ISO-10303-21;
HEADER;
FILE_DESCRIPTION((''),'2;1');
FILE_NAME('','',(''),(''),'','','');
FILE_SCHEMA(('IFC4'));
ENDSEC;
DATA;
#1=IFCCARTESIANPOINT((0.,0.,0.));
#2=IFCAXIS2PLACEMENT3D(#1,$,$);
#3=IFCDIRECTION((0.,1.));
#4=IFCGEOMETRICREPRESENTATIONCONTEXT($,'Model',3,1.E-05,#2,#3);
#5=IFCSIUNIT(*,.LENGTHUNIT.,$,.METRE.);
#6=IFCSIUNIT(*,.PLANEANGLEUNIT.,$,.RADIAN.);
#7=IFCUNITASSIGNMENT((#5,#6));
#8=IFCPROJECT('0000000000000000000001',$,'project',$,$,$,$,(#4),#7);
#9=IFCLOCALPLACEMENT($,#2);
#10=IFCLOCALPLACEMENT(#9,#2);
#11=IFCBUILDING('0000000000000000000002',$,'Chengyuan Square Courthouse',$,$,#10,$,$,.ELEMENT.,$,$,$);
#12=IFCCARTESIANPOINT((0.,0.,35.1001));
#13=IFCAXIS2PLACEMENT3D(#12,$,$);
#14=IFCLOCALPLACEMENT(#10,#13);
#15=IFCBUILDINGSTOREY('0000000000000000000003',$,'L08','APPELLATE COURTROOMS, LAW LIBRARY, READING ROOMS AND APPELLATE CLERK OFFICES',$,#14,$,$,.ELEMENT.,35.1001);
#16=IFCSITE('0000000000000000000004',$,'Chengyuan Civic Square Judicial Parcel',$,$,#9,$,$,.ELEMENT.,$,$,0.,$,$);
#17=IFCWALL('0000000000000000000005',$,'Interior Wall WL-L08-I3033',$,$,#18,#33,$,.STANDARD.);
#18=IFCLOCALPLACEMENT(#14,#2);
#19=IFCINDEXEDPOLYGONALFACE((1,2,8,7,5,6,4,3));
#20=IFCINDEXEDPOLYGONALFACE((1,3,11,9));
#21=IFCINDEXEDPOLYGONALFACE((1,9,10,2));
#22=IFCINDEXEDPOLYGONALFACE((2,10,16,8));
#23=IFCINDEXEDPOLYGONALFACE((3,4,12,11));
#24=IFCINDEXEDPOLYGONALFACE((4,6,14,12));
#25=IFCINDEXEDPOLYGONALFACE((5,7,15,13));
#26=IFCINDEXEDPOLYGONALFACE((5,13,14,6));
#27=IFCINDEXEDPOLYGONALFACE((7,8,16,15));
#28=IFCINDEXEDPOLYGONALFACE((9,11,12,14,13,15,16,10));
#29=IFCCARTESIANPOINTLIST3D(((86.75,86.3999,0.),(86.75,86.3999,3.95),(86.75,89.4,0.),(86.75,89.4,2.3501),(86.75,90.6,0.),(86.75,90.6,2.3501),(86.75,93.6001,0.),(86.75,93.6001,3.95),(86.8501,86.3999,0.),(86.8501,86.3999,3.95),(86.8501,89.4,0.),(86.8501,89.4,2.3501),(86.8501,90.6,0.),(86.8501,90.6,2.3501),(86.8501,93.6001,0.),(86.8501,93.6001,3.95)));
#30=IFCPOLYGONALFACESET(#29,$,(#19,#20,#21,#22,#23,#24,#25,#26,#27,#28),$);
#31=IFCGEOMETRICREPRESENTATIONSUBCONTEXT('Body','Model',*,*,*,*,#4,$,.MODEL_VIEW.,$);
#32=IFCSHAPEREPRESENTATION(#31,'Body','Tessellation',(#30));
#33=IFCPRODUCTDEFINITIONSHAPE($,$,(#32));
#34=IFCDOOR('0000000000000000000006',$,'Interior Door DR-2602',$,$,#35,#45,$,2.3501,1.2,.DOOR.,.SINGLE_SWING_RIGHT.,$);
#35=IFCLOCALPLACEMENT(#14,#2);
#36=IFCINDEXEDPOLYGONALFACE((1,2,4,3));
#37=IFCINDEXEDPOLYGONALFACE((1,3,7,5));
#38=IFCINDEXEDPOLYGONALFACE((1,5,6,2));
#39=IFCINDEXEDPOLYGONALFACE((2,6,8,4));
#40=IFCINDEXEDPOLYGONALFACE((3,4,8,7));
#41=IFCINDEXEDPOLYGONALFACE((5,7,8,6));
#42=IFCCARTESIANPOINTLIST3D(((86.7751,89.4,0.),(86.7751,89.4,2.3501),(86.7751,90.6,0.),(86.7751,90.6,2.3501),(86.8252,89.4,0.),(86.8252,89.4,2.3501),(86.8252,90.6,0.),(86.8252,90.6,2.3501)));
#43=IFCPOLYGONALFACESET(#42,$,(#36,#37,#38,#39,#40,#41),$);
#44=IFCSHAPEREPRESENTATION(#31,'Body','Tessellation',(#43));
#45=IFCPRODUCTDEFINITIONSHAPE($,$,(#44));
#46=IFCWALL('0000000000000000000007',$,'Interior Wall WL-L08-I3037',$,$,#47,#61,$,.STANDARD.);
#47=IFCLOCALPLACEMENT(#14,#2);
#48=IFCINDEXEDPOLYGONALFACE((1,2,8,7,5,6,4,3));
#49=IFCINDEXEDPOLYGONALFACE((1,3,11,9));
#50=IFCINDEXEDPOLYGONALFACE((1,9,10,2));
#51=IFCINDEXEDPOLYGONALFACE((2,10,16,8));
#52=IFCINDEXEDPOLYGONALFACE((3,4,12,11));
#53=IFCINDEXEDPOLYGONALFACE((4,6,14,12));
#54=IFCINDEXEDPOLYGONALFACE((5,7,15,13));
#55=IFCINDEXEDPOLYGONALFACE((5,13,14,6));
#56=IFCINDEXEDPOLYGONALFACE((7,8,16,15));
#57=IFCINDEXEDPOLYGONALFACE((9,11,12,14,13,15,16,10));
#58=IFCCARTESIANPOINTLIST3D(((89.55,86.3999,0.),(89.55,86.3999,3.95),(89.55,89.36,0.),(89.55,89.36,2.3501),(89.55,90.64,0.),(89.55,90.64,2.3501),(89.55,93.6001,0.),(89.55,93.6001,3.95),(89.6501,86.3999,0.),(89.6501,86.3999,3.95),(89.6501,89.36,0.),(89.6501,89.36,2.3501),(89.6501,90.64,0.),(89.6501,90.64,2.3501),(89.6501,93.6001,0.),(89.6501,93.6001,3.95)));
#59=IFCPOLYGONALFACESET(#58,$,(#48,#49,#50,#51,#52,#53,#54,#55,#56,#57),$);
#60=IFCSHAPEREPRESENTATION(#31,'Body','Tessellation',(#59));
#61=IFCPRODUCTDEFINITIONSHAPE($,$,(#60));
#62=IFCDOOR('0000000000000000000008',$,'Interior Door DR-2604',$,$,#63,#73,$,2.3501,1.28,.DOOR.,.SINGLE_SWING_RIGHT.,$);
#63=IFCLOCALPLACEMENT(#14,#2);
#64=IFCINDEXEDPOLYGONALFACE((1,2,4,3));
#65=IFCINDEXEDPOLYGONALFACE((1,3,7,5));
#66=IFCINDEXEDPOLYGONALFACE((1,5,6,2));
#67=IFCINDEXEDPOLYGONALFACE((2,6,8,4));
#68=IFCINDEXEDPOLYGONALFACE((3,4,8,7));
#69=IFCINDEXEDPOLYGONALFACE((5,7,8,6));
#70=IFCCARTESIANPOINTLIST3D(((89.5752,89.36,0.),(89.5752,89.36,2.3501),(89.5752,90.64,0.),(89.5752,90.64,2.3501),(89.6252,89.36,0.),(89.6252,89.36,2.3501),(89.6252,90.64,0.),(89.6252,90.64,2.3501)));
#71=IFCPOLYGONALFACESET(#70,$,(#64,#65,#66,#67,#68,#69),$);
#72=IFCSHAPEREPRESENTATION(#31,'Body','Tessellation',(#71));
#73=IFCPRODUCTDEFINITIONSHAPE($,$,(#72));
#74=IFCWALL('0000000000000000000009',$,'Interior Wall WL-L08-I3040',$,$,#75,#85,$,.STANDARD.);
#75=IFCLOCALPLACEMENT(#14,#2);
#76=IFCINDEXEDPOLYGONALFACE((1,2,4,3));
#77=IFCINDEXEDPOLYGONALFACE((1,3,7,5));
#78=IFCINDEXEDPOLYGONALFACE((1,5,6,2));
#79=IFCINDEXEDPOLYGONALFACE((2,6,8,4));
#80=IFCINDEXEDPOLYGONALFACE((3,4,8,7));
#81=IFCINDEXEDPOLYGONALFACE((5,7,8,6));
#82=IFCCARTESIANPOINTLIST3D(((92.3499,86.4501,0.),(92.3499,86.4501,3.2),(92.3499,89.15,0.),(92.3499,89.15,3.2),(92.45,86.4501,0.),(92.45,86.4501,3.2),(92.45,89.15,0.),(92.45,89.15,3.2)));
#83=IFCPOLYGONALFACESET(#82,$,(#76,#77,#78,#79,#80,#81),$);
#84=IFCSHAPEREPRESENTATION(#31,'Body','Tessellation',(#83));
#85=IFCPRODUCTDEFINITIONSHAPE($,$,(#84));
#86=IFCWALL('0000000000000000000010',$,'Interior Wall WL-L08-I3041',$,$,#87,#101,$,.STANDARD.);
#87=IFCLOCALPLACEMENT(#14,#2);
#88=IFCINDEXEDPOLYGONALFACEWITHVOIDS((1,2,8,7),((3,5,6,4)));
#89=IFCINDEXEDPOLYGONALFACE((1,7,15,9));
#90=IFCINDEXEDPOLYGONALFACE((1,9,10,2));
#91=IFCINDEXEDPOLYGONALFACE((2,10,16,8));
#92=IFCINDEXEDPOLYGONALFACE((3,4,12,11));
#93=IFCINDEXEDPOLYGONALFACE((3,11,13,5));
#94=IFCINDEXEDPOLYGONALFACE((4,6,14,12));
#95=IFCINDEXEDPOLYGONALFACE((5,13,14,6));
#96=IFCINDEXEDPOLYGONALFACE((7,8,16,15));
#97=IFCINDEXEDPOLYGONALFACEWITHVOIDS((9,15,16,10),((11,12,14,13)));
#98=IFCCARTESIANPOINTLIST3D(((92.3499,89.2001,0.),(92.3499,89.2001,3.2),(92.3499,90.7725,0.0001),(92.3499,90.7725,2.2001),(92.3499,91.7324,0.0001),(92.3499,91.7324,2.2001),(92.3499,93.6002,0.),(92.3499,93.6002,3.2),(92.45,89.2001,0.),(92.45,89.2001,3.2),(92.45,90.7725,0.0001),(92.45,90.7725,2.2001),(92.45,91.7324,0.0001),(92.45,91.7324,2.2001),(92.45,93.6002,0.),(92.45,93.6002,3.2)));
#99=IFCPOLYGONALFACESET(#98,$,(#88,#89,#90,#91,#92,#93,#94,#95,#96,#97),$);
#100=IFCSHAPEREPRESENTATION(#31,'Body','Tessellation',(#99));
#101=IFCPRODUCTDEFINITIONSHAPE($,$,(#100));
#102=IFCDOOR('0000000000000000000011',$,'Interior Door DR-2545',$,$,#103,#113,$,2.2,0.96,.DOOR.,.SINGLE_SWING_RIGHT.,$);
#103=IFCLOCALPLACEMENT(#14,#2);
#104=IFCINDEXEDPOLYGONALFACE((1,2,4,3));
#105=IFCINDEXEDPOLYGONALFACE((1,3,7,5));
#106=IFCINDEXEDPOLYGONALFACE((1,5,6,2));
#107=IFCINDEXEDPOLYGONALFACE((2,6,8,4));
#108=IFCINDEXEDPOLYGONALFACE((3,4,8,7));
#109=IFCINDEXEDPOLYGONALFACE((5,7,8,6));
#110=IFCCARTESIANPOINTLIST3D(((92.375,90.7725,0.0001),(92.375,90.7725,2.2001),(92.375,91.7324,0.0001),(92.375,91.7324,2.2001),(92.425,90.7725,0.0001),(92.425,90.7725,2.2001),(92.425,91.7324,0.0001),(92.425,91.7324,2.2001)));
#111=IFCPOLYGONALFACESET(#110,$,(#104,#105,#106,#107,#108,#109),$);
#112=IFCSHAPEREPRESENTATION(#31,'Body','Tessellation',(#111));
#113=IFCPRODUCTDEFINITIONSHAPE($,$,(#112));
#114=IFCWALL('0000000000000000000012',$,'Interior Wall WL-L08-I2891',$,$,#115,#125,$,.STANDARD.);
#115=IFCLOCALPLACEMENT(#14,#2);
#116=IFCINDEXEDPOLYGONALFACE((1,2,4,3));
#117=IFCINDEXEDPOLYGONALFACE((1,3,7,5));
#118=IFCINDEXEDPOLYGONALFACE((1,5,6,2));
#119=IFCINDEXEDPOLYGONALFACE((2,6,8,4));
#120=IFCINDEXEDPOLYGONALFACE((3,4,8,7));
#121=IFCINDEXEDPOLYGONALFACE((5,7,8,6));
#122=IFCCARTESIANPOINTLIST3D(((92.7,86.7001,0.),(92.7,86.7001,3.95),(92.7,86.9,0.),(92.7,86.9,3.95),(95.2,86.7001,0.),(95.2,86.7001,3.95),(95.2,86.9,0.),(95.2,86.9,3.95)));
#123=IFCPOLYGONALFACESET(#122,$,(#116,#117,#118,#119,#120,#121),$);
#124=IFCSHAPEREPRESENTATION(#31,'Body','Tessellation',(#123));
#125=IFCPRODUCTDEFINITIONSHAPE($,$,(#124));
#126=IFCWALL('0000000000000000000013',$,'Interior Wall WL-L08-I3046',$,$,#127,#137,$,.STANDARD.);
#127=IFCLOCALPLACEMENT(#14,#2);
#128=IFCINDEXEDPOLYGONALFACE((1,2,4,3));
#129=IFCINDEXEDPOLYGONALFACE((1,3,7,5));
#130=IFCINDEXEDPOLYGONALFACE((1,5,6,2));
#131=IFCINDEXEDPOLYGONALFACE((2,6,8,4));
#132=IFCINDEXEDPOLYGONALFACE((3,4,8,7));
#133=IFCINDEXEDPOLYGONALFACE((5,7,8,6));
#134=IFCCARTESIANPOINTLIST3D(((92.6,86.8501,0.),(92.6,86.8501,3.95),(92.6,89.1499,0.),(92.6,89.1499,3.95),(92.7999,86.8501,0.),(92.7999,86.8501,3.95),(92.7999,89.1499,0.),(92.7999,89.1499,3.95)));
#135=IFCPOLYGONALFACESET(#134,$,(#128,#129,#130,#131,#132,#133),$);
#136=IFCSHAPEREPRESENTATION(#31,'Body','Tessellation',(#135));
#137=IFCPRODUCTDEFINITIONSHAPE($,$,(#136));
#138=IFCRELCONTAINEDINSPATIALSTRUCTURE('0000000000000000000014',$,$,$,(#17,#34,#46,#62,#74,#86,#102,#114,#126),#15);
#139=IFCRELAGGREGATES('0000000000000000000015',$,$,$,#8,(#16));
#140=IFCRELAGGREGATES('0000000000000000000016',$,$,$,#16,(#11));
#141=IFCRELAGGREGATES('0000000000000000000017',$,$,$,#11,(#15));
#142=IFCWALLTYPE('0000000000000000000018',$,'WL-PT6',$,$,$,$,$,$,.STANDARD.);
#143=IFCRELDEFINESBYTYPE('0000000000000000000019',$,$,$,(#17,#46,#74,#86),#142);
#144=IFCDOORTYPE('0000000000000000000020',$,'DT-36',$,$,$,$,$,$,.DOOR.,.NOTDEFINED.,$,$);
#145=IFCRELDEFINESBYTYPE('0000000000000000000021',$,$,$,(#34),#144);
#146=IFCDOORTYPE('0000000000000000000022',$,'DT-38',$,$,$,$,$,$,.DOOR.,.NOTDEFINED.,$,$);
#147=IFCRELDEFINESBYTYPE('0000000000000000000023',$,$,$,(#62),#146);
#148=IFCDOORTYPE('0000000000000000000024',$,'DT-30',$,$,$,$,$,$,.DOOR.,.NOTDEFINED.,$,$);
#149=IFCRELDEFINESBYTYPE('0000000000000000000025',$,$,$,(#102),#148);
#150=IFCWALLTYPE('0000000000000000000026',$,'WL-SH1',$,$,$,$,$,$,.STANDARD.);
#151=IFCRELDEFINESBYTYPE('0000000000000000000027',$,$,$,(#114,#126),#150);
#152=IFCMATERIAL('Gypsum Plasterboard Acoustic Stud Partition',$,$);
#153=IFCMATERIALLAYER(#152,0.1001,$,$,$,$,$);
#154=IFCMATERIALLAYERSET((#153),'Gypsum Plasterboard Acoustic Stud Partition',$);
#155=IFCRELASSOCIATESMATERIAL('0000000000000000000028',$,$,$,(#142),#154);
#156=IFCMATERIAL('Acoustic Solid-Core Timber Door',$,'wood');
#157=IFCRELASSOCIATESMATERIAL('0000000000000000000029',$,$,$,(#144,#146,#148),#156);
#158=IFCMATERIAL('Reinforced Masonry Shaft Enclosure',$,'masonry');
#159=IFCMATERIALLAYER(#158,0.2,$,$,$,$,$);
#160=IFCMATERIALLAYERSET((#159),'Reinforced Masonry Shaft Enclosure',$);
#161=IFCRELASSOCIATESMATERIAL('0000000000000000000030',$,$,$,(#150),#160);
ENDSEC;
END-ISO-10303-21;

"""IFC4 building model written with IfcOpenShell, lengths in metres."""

from ifc_helpers import new_model, si_unit, direction, frame, frame_2d, origin, place, context, subcontext, project, spatial, rectangle, extrude, material, layer, layer_set, type_object, element, fill, save


model = new_model("IFC4")

# Units and contexts
model_context = context("Model", 3, precision=1e-05, world=origin(), true_north=direction((0.0, 1.0)))
body_context = subcontext(model_context, "Body", "Model", "MODEL_VIEW")
ifc_project = project(units=[si_unit("LENGTHUNIT", "METRE"), si_unit("PLANEANGLEUNIT", "RADIAN")], contexts=[model_context])

# Site, building, storey
site_placement = place(None, origin())
site = spatial("IfcSite", under=ifc_project, at=site_placement, Name="Chengyuan Civic Square Judicial Parcel", CompositionType="ELEMENT", RefElevation=0.0)
building_placement = place(site_placement, origin())
building = spatial("IfcBuilding", under=site, at=building_placement, Name="Chengyuan Square Courthouse", CompositionType="ELEMENT")
storey_placement = place(building_placement, frame((0.0, 0.0, 35.1001)))
storey = spatial("IfcBuildingStorey", under=building, at=storey_placement, Name="L08", Description="APPELLATE COURTROOMS, LAW LIBRARY, READING ROOMS AND APPELLATE CLERK OFFICES", CompositionType="ELEMENT", Elevation=35.1001)

# Shared definitions
ifc_material_1 = material(Name="Gypsum Plasterboard Acoustic Stud Partition")
ifc_layer_1 = layer(ifc_material_1, 0.1001)
ifc_layer_set_1 = layer_set([ifc_layer_1], Name="Gypsum Plasterboard Acoustic Stud Partition")
wall_type_1 = type_object("IfcWallType", Name="WL-PT6", PredefinedType="STANDARD", material=ifc_layer_set_1)
ifc_material_2 = material(Name="Acoustic Solid-Core Timber Door", Category="wood")

# Walls, openings, doors
wall_1_placement = place(storey_placement, frame((86.8, 86.3999, 0.0), z_axis=(0.0, 0.0, 1.0), x_axis=(0.0, 1.0, 0.0)))
wall_1 = element("IfcWall", 1, at=wall_1_placement, inside=storey, type_object=wall_type_1, Name="Interior Wall WL-L08-I3033", PredefinedType="STANDARD", context=body_context, shape_type="SweptSolid", body=[
    extrude(rectangle(XDim=7.2002, YDim=0.1001, at=frame_2d((3.6001, 0.0))), origin(), (0.0, 0.0, 1.0), 3.95),
])
opening_1_placement = place(wall_1_placement, frame((3.0, 0.0, 0.0)))
opening_1 = element("IfcOpeningElement", 2, at=opening_1_placement, cuts=wall_1, PredefinedType="OPENING", context=body_context, shape_type="SweptSolid", body=[
    extrude(rectangle(XDim=1.2, YDim=2.3501, at=frame_2d((0.6001, 1.175))), frame((0.0, 0.062, 0.0), z_axis=(0.0, -1.0, 0.0), x_axis=(1.0, 0.0, 0.0)), (0.0, 0.0, 1.0), 0.124),
])
door_type_1 = type_object("IfcDoorType", Name="DT-36", OperationType="NOTDEFINED", PredefinedType="DOOR", material=ifc_material_2)
door_1_placement = place(opening_1_placement, origin())
door_1 = element("IfcDoor", 3, at=door_1_placement, inside=storey, type_object=door_type_1, Name="Interior Door DR-2602", OperationType="SINGLE_SWING_RIGHT", OverallHeight=2.3501, OverallWidth=1.2, PredefinedType="DOOR", context=body_context, shape_type="SweptSolid", body=[
    extrude(rectangle(XDim=1.2, YDim=2.3501, at=frame_2d((0.6001, 1.175))), frame((0.0, 0.0249, 0.0), z_axis=(0.0, -1.0, 0.0), x_axis=(1.0, 0.0, 0.0)), (0.0, 0.0, 1.0), 0.05),
])
fill(opening_1, door_1)
wall_2_placement = place(storey_placement, frame((89.6001, 86.3999, 0.0), z_axis=(0.0, 0.0, 1.0), x_axis=(0.0, 1.0, 0.0)))
wall_2 = element("IfcWall", 4, at=wall_2_placement, inside=storey, type_object=wall_type_1, Name="Interior Wall WL-L08-I3037", PredefinedType="STANDARD", context=body_context, shape_type="SweptSolid", body=[
    extrude(rectangle(XDim=7.2002, YDim=0.1001, at=frame_2d((3.6001, 0.0))), origin(), (0.0, 0.0, 1.0), 3.95),
])
opening_2_placement = place(wall_2_placement, frame((2.96, 0.0, 0.0)))
opening_2 = element("IfcOpeningElement", 5, at=opening_2_placement, cuts=wall_2, PredefinedType="OPENING", context=body_context, shape_type="SweptSolid", body=[
    extrude(rectangle(XDim=1.28, YDim=2.3501, at=frame_2d((0.6401, 1.175))), frame((0.0, 0.062, 0.0), z_axis=(0.0, -1.0, 0.0), x_axis=(1.0, 0.0, 0.0)), (0.0, 0.0, 1.0), 0.124),
])
door_type_2 = type_object("IfcDoorType", Name="DT-38", OperationType="NOTDEFINED", PredefinedType="DOOR", material=ifc_material_2)
door_2_placement = place(opening_2_placement, origin())
door_2 = element("IfcDoor", 6, at=door_2_placement, inside=storey, type_object=door_type_2, Name="Interior Door DR-2604", OperationType="SINGLE_SWING_RIGHT", OverallHeight=2.3501, OverallWidth=1.28, PredefinedType="DOOR", context=body_context, shape_type="SweptSolid", body=[
    extrude(rectangle(XDim=1.28, YDim=2.3501, at=frame_2d((0.6401, 1.175))), frame((0.0, 0.0249, 0.0), z_axis=(0.0, -1.0, 0.0), x_axis=(1.0, 0.0, 0.0)), (0.0, 0.0, 1.0), 0.05),
])
fill(opening_2, door_2)

# Wall
wall_3_placement = place(storey_placement, frame((92.3999, 86.45, 0.0), z_axis=(0.0, 0.0, 1.0), x_axis=(0.0, 1.0, 0.0)))
element("IfcWall", 7, at=wall_3_placement, inside=storey, type_object=wall_type_1, Name="Interior Wall WL-L08-I3040", PredefinedType="STANDARD", context=body_context, shape_type="SweptSolid", body=[
    extrude(rectangle(XDim=2.7, YDim=0.1001, at=frame_2d((1.3501, 0.0))), origin(), (0.0, 0.0, 1.0), 3.2),
])

# Wall, opening, door
wall_4_placement = place(storey_placement, frame((92.3999, 89.2, 0.0), z_axis=(0.0, 0.0, 1.0), x_axis=(0.0, 1.0, 0.0)))
wall_4 = element("IfcWall", 8, at=wall_4_placement, inside=storey, type_object=wall_type_1, Name="Interior Wall WL-L08-I3041", PredefinedType="STANDARD", context=body_context, shape_type="SweptSolid", body=[
    extrude(rectangle(XDim=4.4001, YDim=0.1001, at=frame_2d((2.2002, 0.0))), origin(), (0.0, 0.0, 1.0), 3.2),
])
opening_3_placement = place(wall_4_placement, frame((1.5725, 0.0, 0.0)))
opening_3 = element("IfcOpeningElement", 9, at=opening_3_placement, cuts=wall_4, PredefinedType="OPENING", context=body_context, shape_type="SweptSolid", body=[
    extrude(rectangle(XDim=0.96, YDim=2.2, at=frame_2d((0.48, 1.1001))), frame((0.0, 0.062, 0.0), z_axis=(0.0, -1.0, 0.0), x_axis=(1.0, 0.0, 0.0)), (0.0, 0.0, 1.0), 0.124),
])
door_type_3 = type_object("IfcDoorType", Name="DT-30", OperationType="NOTDEFINED", PredefinedType="DOOR", material=ifc_material_2)
door_3_placement = place(opening_3_placement, origin())
door_3 = element("IfcDoor", 10, at=door_3_placement, inside=storey, type_object=door_type_3, Name="Interior Door DR-2545", OperationType="SINGLE_SWING_RIGHT", OverallHeight=2.2, OverallWidth=0.96, PredefinedType="DOOR", context=body_context, shape_type="SweptSolid", body=[
    extrude(rectangle(XDim=0.96, YDim=2.2, at=frame_2d((0.48, 1.1001))), frame((0.0, 0.0249, 0.0), z_axis=(0.0, -1.0, 0.0), x_axis=(1.0, 0.0, 0.0)), (0.0, 0.0, 1.0), 0.05),
])
fill(opening_3, door_3)

# Wall
ifc_material_3 = material(Name="Reinforced Masonry Shaft Enclosure", Category="masonry")
ifc_layer_2 = layer(ifc_material_3, 0.2)
ifc_layer_set_2 = layer_set([ifc_layer_2], Name="Reinforced Masonry Shaft Enclosure")
wall_type_2 = type_object("IfcWallType", Name="WL-SH1", PredefinedType="STANDARD", material=ifc_layer_set_2)
wall_5_placement = place(storey_placement, frame((92.7, 86.8, 0.0), z_axis=(0.0, 0.0, 1.0), x_axis=(1.0, 0.0, 0.0)))
element("IfcWall", 11, at=wall_5_placement, inside=storey, type_object=wall_type_2, Name="Interior Wall WL-L08-I2891", PredefinedType="STANDARD", context=body_context, shape_type="SweptSolid", body=[
    extrude(rectangle(XDim=2.5, YDim=0.2, at=frame_2d((1.25, 0.0))), origin(), (0.0, 0.0, 1.0), 3.95),
])

# Wall
wall_6_placement = place(storey_placement, frame((92.7, 86.8501, 0.0), z_axis=(0.0, 0.0, 1.0), x_axis=(0.0, 1.0, 0.0)))
element("IfcWall", 12, at=wall_6_placement, inside=storey, type_object=wall_type_2, Name="Interior Wall WL-L08-I3046", PredefinedType="STANDARD", context=body_context, shape_type="SweptSolid", body=[
    extrude(rectangle(XDim=2.2998, YDim=0.2, at=frame_2d((1.1499, 0.0))), origin(), (0.0, 0.0, 1.0), 3.95),
])

save(model, "model.ifc")
